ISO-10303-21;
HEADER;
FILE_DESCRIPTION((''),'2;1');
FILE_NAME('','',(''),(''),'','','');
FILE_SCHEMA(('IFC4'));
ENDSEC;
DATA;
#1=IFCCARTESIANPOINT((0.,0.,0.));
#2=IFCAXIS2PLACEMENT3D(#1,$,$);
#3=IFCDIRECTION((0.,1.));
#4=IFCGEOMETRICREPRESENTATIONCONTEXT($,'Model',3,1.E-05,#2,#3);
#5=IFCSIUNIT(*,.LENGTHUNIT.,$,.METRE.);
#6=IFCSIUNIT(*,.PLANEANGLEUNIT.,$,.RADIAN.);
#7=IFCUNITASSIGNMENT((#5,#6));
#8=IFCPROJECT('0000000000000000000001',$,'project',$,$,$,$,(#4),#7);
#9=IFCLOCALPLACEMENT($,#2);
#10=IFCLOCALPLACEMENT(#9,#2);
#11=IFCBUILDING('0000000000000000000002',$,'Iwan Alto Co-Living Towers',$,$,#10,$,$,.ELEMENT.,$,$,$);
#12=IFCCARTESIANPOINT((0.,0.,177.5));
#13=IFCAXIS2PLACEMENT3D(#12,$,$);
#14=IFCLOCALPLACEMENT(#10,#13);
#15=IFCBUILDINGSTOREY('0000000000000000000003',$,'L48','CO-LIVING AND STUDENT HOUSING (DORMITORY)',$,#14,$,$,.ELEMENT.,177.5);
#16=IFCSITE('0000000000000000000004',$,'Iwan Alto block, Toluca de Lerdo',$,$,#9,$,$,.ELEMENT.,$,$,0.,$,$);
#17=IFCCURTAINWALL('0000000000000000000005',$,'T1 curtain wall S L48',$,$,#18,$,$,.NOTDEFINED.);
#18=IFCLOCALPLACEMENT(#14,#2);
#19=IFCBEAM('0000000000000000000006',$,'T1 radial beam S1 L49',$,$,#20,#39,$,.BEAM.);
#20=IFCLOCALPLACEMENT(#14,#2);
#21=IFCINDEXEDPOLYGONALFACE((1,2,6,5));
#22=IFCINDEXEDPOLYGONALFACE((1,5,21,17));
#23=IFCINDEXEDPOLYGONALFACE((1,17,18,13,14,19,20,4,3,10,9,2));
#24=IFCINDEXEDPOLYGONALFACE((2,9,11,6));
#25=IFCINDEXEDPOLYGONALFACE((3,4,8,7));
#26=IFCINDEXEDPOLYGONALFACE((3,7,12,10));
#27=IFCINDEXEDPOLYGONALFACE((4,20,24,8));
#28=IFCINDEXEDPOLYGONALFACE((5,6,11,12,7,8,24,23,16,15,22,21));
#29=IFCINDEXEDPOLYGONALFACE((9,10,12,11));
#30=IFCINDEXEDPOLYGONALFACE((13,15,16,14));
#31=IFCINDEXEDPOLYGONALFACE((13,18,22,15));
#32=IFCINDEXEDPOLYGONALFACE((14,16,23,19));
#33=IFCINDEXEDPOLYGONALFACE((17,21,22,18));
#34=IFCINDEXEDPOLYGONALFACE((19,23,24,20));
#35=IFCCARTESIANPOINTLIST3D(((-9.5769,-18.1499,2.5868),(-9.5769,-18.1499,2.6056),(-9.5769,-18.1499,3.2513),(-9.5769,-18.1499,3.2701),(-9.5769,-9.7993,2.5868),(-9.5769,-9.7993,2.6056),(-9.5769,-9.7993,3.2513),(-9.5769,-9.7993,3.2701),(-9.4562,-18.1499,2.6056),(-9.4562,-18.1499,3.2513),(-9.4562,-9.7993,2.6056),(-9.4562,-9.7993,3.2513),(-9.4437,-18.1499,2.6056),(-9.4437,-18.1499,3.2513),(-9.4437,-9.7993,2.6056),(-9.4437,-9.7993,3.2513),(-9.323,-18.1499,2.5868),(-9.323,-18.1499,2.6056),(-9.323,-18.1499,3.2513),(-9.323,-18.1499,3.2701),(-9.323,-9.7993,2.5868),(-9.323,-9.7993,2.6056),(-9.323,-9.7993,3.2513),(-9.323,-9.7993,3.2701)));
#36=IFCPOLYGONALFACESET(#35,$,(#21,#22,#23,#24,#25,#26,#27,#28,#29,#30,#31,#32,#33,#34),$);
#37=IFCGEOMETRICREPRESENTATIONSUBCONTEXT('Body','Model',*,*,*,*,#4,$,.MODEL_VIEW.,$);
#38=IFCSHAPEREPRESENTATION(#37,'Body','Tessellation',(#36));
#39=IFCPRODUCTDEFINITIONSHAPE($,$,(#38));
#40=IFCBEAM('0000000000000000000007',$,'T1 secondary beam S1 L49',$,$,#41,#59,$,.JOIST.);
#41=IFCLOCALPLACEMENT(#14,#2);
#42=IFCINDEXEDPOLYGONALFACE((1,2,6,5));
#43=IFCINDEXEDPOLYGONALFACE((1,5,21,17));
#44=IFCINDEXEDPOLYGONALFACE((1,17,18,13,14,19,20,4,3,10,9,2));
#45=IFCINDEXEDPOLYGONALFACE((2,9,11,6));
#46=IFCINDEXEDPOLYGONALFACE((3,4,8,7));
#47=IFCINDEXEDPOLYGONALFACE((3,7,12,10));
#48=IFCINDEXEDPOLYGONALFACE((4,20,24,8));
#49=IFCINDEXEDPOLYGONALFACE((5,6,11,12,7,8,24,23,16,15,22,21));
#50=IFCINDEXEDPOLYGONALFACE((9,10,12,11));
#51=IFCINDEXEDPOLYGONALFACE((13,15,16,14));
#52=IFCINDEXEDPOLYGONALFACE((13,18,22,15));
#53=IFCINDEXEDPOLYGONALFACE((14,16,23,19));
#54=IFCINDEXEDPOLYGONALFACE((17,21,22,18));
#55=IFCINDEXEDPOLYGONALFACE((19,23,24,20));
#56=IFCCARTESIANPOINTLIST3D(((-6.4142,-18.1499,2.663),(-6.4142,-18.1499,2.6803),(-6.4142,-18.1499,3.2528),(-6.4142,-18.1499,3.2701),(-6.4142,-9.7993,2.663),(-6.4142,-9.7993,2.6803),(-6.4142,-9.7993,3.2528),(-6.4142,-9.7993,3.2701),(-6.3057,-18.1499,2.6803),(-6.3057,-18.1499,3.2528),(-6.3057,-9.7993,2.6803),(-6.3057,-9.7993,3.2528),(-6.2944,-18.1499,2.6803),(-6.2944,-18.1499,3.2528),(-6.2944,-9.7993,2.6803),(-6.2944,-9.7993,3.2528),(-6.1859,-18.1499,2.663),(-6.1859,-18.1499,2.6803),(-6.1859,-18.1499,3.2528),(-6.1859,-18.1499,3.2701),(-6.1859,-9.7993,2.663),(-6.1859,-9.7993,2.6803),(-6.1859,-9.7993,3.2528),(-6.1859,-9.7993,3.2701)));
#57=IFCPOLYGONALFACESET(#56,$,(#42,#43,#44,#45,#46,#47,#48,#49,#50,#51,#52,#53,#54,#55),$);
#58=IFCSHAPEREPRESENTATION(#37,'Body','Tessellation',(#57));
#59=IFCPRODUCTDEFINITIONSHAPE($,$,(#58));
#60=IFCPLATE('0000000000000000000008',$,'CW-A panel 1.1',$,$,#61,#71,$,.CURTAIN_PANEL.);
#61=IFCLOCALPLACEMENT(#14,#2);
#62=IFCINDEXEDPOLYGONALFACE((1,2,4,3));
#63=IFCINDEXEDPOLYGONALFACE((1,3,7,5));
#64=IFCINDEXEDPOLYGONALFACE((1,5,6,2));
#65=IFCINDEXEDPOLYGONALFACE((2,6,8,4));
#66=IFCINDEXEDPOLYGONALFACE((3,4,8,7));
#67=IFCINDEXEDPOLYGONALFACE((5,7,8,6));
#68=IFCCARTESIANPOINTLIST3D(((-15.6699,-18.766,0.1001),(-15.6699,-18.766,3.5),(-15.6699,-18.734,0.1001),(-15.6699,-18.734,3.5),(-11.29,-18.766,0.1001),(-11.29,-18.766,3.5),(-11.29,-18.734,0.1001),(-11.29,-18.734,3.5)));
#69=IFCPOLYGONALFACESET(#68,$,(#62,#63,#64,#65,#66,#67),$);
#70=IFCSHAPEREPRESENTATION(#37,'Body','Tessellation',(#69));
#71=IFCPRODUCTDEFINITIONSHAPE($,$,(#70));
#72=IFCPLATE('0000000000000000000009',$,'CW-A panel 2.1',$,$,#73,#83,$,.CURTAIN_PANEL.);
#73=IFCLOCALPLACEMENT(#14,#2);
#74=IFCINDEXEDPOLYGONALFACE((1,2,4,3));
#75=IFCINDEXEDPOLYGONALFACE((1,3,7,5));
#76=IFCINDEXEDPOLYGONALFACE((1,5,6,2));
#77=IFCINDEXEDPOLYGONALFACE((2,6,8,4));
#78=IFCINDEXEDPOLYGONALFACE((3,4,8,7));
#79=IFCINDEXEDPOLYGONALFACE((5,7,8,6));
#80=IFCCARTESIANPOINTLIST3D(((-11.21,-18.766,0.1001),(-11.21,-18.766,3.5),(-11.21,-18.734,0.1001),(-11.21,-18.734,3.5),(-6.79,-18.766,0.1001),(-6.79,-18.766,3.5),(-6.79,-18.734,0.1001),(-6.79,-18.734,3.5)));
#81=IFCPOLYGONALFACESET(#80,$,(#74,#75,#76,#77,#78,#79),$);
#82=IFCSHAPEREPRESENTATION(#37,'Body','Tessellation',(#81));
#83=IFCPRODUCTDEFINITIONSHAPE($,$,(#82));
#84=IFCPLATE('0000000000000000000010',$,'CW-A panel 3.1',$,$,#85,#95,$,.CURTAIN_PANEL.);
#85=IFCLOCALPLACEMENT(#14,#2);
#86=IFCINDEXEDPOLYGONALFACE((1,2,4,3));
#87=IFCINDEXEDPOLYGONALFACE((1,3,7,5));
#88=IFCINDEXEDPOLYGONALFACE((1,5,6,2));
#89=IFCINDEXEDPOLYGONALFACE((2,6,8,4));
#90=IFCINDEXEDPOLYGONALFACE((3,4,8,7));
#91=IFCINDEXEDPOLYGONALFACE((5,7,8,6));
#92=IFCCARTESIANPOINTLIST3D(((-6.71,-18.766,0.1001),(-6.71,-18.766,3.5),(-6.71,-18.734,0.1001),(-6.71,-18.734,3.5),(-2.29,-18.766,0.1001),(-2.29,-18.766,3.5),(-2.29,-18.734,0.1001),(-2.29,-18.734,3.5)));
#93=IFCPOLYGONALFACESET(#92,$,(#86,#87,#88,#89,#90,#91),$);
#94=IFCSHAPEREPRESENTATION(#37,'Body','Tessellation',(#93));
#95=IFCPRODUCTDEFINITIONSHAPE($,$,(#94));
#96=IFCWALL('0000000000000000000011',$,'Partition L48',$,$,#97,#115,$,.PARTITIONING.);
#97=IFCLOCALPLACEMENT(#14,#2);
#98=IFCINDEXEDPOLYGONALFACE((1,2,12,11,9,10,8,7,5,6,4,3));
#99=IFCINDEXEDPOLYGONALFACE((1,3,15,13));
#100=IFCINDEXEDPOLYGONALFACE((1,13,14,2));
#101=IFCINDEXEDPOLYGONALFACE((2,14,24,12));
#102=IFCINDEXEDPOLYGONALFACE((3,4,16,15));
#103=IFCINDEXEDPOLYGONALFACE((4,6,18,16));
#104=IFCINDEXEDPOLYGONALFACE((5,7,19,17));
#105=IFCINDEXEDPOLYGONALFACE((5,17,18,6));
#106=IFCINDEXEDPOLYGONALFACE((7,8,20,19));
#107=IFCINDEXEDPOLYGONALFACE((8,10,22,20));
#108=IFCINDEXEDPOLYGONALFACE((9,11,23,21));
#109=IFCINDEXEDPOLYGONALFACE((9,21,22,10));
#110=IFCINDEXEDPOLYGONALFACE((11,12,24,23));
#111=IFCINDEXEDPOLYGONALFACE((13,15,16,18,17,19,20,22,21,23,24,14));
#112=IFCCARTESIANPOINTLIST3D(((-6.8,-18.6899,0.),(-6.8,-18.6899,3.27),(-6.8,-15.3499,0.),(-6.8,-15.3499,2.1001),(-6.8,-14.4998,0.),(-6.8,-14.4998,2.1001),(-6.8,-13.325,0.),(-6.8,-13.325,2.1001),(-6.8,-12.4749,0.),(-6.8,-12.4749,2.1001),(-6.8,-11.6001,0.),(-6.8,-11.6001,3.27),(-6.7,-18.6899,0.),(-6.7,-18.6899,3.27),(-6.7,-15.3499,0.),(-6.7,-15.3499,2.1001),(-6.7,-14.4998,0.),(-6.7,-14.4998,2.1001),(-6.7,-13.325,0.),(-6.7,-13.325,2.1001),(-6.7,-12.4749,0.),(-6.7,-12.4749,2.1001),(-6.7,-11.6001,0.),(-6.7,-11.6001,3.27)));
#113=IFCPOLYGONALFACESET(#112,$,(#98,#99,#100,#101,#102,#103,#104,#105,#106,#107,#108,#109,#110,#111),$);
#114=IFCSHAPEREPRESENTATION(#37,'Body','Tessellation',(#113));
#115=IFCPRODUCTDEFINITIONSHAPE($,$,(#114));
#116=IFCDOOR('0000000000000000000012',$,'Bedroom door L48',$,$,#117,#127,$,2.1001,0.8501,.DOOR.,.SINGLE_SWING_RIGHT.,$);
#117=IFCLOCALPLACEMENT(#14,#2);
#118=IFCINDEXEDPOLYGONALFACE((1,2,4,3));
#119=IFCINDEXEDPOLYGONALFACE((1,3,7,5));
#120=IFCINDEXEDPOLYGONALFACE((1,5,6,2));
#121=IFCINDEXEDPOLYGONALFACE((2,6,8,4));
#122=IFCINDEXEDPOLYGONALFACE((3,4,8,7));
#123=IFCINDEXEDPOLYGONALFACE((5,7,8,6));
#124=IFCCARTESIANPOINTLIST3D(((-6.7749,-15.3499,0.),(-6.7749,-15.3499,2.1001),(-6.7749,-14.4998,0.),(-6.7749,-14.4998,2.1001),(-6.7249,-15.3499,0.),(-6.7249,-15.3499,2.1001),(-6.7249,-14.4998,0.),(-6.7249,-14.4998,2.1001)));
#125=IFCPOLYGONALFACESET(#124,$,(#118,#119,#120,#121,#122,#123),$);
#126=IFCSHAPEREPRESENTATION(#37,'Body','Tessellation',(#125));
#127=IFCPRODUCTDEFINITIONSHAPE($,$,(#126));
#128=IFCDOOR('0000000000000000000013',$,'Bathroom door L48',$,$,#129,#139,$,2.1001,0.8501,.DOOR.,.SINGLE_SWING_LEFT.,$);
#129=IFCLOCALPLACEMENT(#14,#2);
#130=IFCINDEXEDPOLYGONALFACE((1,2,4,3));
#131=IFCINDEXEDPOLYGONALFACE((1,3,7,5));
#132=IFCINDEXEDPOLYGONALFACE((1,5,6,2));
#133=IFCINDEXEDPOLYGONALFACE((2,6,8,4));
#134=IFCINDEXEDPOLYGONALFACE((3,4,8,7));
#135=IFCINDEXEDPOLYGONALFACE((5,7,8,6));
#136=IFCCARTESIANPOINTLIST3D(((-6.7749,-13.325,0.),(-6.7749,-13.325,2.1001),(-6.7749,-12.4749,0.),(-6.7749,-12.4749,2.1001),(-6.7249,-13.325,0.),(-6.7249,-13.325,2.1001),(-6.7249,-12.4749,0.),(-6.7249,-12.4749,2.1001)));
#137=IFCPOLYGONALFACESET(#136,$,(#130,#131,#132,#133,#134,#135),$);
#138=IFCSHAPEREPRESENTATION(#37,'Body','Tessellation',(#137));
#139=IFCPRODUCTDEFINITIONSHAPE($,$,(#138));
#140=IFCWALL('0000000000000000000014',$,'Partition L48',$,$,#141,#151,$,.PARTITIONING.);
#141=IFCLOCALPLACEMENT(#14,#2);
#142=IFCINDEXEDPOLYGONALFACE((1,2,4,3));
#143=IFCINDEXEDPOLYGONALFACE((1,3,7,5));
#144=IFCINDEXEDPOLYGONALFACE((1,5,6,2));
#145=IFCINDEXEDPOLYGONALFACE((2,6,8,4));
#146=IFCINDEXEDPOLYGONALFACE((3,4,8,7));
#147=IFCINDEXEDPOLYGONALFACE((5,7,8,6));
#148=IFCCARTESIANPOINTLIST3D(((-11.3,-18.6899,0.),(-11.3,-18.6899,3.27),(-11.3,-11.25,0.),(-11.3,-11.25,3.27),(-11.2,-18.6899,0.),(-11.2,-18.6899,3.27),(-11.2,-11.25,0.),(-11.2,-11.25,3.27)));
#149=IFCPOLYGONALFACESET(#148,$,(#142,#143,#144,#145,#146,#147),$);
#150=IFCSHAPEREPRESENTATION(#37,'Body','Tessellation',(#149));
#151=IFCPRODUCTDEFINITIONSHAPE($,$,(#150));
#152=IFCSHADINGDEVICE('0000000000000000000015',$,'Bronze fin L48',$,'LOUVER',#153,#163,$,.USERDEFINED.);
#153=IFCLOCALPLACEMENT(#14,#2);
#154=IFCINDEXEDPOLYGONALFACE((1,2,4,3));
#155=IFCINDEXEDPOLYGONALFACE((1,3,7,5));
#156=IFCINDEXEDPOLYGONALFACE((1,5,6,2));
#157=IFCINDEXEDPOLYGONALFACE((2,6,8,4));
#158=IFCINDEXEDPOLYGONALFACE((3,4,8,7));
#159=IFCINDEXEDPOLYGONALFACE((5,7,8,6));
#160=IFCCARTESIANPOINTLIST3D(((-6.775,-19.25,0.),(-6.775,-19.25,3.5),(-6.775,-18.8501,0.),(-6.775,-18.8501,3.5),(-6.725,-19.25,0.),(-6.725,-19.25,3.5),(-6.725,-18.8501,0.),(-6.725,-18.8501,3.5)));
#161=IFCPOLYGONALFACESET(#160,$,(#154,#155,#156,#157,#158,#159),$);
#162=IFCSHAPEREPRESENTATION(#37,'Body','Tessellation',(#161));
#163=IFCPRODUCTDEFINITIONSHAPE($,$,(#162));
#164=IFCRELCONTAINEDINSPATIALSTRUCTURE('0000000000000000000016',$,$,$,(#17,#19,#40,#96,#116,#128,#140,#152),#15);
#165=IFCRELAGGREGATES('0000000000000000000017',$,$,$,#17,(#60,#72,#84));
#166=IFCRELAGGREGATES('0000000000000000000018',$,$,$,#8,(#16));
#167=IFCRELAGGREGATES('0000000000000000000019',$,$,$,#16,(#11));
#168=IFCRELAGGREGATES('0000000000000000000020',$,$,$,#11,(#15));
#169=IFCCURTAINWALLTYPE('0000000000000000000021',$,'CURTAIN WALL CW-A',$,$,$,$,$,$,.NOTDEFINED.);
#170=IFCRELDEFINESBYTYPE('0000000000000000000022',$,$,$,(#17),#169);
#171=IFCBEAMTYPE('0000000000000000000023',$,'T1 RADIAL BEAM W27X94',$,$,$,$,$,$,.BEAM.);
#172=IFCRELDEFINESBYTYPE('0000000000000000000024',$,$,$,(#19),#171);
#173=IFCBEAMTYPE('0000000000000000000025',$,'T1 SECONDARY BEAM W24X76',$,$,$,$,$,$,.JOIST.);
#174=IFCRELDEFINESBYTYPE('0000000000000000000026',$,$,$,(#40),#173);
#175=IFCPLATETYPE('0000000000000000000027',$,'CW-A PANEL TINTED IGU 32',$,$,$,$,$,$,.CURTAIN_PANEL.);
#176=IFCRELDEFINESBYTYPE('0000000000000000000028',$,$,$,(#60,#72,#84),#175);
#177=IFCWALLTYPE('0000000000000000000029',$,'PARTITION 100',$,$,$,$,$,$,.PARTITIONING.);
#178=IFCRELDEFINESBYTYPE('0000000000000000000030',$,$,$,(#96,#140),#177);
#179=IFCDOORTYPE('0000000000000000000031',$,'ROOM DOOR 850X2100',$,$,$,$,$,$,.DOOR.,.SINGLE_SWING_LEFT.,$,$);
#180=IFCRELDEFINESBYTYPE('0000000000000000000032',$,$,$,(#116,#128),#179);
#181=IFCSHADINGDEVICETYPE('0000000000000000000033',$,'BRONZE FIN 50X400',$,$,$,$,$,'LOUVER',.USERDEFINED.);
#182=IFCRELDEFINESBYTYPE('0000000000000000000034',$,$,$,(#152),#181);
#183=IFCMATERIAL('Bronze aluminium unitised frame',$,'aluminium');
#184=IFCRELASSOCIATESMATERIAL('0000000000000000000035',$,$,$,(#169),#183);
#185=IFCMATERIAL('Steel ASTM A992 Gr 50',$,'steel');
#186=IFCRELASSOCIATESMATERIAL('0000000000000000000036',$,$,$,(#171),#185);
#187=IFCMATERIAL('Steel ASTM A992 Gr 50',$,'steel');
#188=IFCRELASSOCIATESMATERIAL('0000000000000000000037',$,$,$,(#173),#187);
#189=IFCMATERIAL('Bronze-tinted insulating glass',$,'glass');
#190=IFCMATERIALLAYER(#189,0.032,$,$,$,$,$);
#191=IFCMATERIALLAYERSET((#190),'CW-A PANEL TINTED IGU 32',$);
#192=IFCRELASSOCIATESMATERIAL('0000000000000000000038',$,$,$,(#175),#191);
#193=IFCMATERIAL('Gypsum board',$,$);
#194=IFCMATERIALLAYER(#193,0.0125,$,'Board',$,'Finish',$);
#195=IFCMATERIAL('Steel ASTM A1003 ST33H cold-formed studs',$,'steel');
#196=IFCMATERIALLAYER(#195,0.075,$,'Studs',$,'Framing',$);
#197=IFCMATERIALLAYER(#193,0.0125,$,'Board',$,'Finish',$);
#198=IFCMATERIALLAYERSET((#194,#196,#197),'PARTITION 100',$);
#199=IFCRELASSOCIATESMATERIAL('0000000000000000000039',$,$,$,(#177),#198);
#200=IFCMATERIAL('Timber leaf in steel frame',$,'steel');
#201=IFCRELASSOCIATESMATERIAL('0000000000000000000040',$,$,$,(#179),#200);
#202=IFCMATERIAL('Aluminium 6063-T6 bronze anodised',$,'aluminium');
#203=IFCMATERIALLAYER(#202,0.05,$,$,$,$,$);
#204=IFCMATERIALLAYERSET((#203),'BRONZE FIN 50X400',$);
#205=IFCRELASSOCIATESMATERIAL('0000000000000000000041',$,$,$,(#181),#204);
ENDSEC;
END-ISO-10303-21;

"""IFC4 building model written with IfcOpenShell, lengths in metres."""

from ifc_helpers import new_model, si_unit, direction, frame, frame_2d, origin, origin_2d, place, context, subcontext, project, spatial, rectangle, i_section, extrude, material, layer, layer_set, material_profile, profile_set, type_object, element, fill, aggregate, save


model = new_model("IFC4")

# Units and contexts
model_context = context("Model", 3, precision=1e-05, world=origin(), true_north=direction((0.0, 1.0)))
body_context = subcontext(model_context, "Body", "Model", "MODEL_VIEW")
ifc_project = project(units=[si_unit("LENGTHUNIT", "METRE"), si_unit("PLANEANGLEUNIT", "RADIAN")], contexts=[model_context])

# Site, building, storey
site_placement = place(None, origin())
site = spatial("IfcSite", under=ifc_project, at=site_placement, Name="Iwan Alto block, Toluca de Lerdo", CompositionType="ELEMENT", RefElevation=0.0)
building_placement = place(site_placement, origin())
building = spatial("IfcBuilding", under=site, at=building_placement, Name="Iwan Alto Co-Living Towers", CompositionType="ELEMENT")
storey_placement = place(building_placement, frame((0.0, 0.0, 177.5)))
storey = spatial("IfcBuildingStorey", under=building, at=storey_placement, Name="L48", Description="CO-LIVING AND STUDENT HOUSING (DORMITORY)", CompositionType="ELEMENT", Elevation=177.5)

# Curtain wall
ifc_material_1 = material(Name="Bronze aluminium unitised frame", Category="aluminium")
curtain_wall_type = type_object("IfcCurtainWallType", Name="CURTAIN WALL CW-A", PredefinedType="NOTDEFINED", material=ifc_material_1)
curtain_wall_placement = place(storey_placement, origin())
curtain_wall = element("IfcCurtainWall", 1, at=curtain_wall_placement, inside=storey, type_object=curtain_wall_type, Name="T1 curtain wall S L48", PredefinedType="NOTDEFINED")

# Beams
ifc_material_2 = material(Name="Steel ASTM A992 Gr 50", Category="steel")
ifc_material_profile_1 = material_profile(ifc_material_2, i_section(OverallWidth=0.2539, OverallDepth=0.6833, WebThickness=0.0125, FlangeThickness=0.0188, at=origin_2d()), Name="W27X94")
ifc_profile_set_1 = profile_set([ifc_material_profile_1], Name="Steel ASTM A992 Gr 50")
beam_type_1 = type_object("IfcBeamType", Name="T1 RADIAL BEAM W27X94", PredefinedType="BEAM", material=ifc_profile_set_1)
beam_1_placement = place(storey_placement, frame((-9.45, -18.1499, 2.9285), z_axis=(0.0, 1.0, 0.0), x_axis=(-1.0, 0.0, 0.0)))
element("IfcBeam", 2, at=beam_1_placement, inside=storey, type_object=beam_type_1, Name="T1 radial beam S1 L49", PredefinedType="BEAM", context=body_context, shape_type="SweptSolid", body=[
    extrude(i_section(OverallWidth=0.2539, OverallDepth=0.6833, WebThickness=0.0125, FlangeThickness=0.0188, at=origin_2d()), origin(), (0.0, 0.0, 1.0), 8.3506),
])
ifc_material_3 = material(Name="Steel ASTM A992 Gr 50", Category="steel")
ifc_material_profile_2 = material_profile(ifc_material_3, i_section(OverallWidth=0.2283, OverallDepth=0.6072, WebThickness=0.0112, FlangeThickness=0.0173, at=origin_2d()), Name="W24X76")
ifc_profile_set_2 = profile_set([ifc_material_profile_2], Name="Steel ASTM A992 Gr 50")
beam_type_2 = type_object("IfcBeamType", Name="T1 SECONDARY BEAM W24X76", PredefinedType="JOIST", material=ifc_profile_set_2)
beam_2_placement = place(storey_placement, frame((-6.3, -18.1499, 2.9666), z_axis=(0.0, 1.0, 0.0), x_axis=(-1.0, 0.0, 0.0)))
element("IfcBeam", 3, at=beam_2_placement, inside=storey, type_object=beam_type_2, Name="T1 secondary beam S1 L49", PredefinedType="JOIST", context=body_context, shape_type="SweptSolid", body=[
    extrude(i_section(OverallWidth=0.2283, OverallDepth=0.6072, WebThickness=0.0112, FlangeThickness=0.0173, at=origin_2d()), origin(), (0.0, 0.0, 1.0), 8.3506),
])

# Plates
ifc_material_4 = material(Name="Bronze-tinted insulating glass", Category="glass")
ifc_layer_1 = layer(ifc_material_4, 0.032)
ifc_layer_set_1 = layer_set([ifc_layer_1], Name="CW-A PANEL TINTED IGU 32")
plate_type = type_object("IfcPlateType", Name="CW-A PANEL TINTED IGU 32", PredefinedType="CURTAIN_PANEL", material=ifc_layer_set_1)
plate_1_placement = place(storey_placement, frame((-13.48, -18.75, 0.1001), z_axis=(0.0, 0.0, 1.0), x_axis=(1.0, 0.0, 0.0)))
plate_1 = element("IfcPlate", 4, at=plate_1_placement, type_object=plate_type, Name="CW-A panel 1.1", PredefinedType="CURTAIN_PANEL", context=body_context, shape_type="SweptSolid", body=[
    extrude(rectangle(XDim=4.3799, YDim=0.032, at=origin_2d()), origin(), (0.0, 0.0, 1.0), 3.3999),
])
plate_2_placement = place(storey_placement, frame((-9.0, -18.75, 0.1001), z_axis=(0.0, 0.0, 1.0), x_axis=(1.0, 0.0, 0.0)))
plate_2 = element("IfcPlate", 5, at=plate_2_placement, type_object=plate_type, Name="CW-A panel 2.1", PredefinedType="CURTAIN_PANEL", context=body_context, shape_type="SweptSolid", body=[
    extrude(rectangle(XDim=4.4199, YDim=0.032, at=origin_2d()), origin(), (0.0, 0.0, 1.0), 3.3999),
])
plate_3_placement = place(storey_placement, frame((-4.5, -18.75, 0.1001), z_axis=(0.0, 0.0, 1.0), x_axis=(1.0, 0.0, 0.0)))
plate_3 = element("IfcPlate", 6, at=plate_3_placement, type_object=plate_type, Name="CW-A panel 3.1", PredefinedType="CURTAIN_PANEL", context=body_context, shape_type="SweptSolid", body=[
    extrude(rectangle(XDim=4.4199, YDim=0.032, at=origin_2d()), origin(), (0.0, 0.0, 1.0), 3.3999),
])
aggregate(curtain_wall, [plate_1, plate_2, plate_3])

# Wall, openings, doors
ifc_material_5 = material(Name="Gypsum board")
ifc_layer_2 = layer(ifc_material_5, 0.0125, Name="Board", Category="Finish")
ifc_material_6 = material(Name="Steel ASTM A1003 ST33H cold-formed studs", Category="steel")
ifc_layer_3 = layer(ifc_material_6, 0.075, Name="Studs", Category="Framing")
ifc_layer_4 = layer(ifc_material_5, 0.0125, Name="Board", Category="Finish")
ifc_layer_set_2 = layer_set([ifc_layer_2, ifc_layer_3, ifc_layer_4], Name="PARTITION 100")
wall_type = type_object("IfcWallType", Name="PARTITION 100", PredefinedType="PARTITIONING", material=ifc_layer_set_2)
wall_1_placement = place(storey_placement, frame((-6.75, -18.6899, 0.0), z_axis=(0.0, 0.0, 1.0), x_axis=(0.0, 1.0, 0.0)))
wall_1 = element("IfcWall", 7, at=wall_1_placement, inside=storey, type_object=wall_type, Name="Partition L48", PredefinedType="PARTITIONING", context=body_context, shape_type="SweptSolid", body=[
    extrude(rectangle(XDim=7.0898, YDim=0.1001, at=frame_2d((3.5449, 0.0))), origin(), (0.0, 0.0, 1.0), 3.27),
])
opening_1_placement = place(wall_1_placement, frame((3.3401, 0.0, 0.0)))
opening_1 = element("IfcOpeningElement", 8, at=opening_1_placement, cuts=wall_1, PredefinedType="OPENING", context=body_context, shape_type="SweptSolid", body=[
    extrude(rectangle(XDim=0.8501, YDim=2.1001, at=frame_2d((0.425, 1.05))), frame((0.0, 0.0601, 0.0), z_axis=(0.0, -1.0, 0.0), x_axis=(1.0, 0.0, 0.0)), (0.0, 0.0, 1.0), 0.1201),
])
opening_2_placement = place(wall_1_placement, frame((5.365, 0.0, 0.0)))
opening_2 = element("IfcOpeningElement", 9, at=opening_2_placement, cuts=wall_1, PredefinedType="OPENING", context=body_context, shape_type="SweptSolid", body=[
    extrude(rectangle(XDim=0.8501, YDim=2.1001, at=frame_2d((0.425, 1.05))), frame((0.0, 0.0601, 0.0), z_axis=(0.0, -1.0, 0.0), x_axis=(1.0, 0.0, 0.0)), (0.0, 0.0, 1.0), 0.1201),
])
ifc_material_7 = material(Name="Timber leaf in steel frame", Category="steel")
door_type = type_object("IfcDoorType", Name="ROOM DOOR 850X2100", OperationType="SINGLE_SWING_LEFT", PredefinedType="DOOR", material=ifc_material_7)
door_1_placement = place(opening_1_placement, origin())
door_1 = element("IfcDoor", 10, at=door_1_placement, inside=storey, type_object=door_type, Name="Bedroom door L48", OperationType="SINGLE_SWING_RIGHT", OverallHeight=2.1001, OverallWidth=0.8501, PredefinedType="DOOR", context=body_context, shape_type="SweptSolid", body=[
    extrude(rectangle(XDim=0.8501, YDim=2.1001, at=frame_2d((0.425, 1.05))), frame((0.0, 0.0249, 0.0), z_axis=(0.0, -1.0, 0.0), x_axis=(1.0, 0.0, 0.0)), (0.0, 0.0, 1.0), 0.05),
])
fill(opening_1, door_1)
door_2_placement = place(opening_2_placement, origin())
door_2 = element("IfcDoor", 11, at=door_2_placement, inside=storey, type_object=door_type, Name="Bathroom door L48", OperationType="SINGLE_SWING_LEFT", OverallHeight=2.1001, OverallWidth=0.8501, PredefinedType="DOOR", context=body_context, shape_type="SweptSolid", body=[
    extrude(rectangle(XDim=0.8501, YDim=2.1001, at=frame_2d((0.425, 1.05))), frame((0.0, 0.0249, 0.0), z_axis=(0.0, -1.0, 0.0), x_axis=(1.0, 0.0, 0.0)), (0.0, 0.0, 1.0), 0.05),
])
fill(opening_2, door_2)

# Wall
wall_2_placement = place(storey_placement, frame((-11.25, -18.6899, 0.0), z_axis=(0.0, 0.0, 1.0), x_axis=(0.0, 1.0, 0.0)))
element("IfcWall", 12, at=wall_2_placement, inside=storey, type_object=wall_type, Name="Partition L48", PredefinedType="PARTITIONING", context=body_context, shape_type="SweptSolid", body=[
    extrude(rectangle(XDim=7.4399, YDim=0.1001, at=frame_2d((3.72, 0.0))), origin(), (0.0, 0.0, 1.0), 3.27),
])

# Shading device
ifc_material_8 = material(Name="Aluminium 6063-T6 bronze anodised", Category="aluminium")
ifc_layer_5 = layer(ifc_material_8, 0.05)
ifc_layer_set_3 = layer_set([ifc_layer_5], Name="BRONZE FIN 50X400")
shading_device_type = type_object("IfcShadingDeviceType", Name="BRONZE FIN 50X400", ElementType="LOUVER", PredefinedType="USERDEFINED", material=ifc_layer_set_3)
shading_device_placement = place(storey_placement, frame((-6.75, -19.05, 0.0), z_axis=(0.0, 0.0, 1.0), x_axis=(1.0, 0.0, 0.0)))
element("IfcShadingDevice", 13, at=shading_device_placement, inside=storey, type_object=shading_device_type, Name="Bronze fin L48", ObjectType="LOUVER", PredefinedType="USERDEFINED", context=body_context, shape_type="SweptSolid", body=[
    extrude(rectangle(XDim=0.05, YDim=0.3999, at=origin_2d()), origin(), (0.0, 0.0, 1.0), 3.5),
])

save(model, "model.ifc")
